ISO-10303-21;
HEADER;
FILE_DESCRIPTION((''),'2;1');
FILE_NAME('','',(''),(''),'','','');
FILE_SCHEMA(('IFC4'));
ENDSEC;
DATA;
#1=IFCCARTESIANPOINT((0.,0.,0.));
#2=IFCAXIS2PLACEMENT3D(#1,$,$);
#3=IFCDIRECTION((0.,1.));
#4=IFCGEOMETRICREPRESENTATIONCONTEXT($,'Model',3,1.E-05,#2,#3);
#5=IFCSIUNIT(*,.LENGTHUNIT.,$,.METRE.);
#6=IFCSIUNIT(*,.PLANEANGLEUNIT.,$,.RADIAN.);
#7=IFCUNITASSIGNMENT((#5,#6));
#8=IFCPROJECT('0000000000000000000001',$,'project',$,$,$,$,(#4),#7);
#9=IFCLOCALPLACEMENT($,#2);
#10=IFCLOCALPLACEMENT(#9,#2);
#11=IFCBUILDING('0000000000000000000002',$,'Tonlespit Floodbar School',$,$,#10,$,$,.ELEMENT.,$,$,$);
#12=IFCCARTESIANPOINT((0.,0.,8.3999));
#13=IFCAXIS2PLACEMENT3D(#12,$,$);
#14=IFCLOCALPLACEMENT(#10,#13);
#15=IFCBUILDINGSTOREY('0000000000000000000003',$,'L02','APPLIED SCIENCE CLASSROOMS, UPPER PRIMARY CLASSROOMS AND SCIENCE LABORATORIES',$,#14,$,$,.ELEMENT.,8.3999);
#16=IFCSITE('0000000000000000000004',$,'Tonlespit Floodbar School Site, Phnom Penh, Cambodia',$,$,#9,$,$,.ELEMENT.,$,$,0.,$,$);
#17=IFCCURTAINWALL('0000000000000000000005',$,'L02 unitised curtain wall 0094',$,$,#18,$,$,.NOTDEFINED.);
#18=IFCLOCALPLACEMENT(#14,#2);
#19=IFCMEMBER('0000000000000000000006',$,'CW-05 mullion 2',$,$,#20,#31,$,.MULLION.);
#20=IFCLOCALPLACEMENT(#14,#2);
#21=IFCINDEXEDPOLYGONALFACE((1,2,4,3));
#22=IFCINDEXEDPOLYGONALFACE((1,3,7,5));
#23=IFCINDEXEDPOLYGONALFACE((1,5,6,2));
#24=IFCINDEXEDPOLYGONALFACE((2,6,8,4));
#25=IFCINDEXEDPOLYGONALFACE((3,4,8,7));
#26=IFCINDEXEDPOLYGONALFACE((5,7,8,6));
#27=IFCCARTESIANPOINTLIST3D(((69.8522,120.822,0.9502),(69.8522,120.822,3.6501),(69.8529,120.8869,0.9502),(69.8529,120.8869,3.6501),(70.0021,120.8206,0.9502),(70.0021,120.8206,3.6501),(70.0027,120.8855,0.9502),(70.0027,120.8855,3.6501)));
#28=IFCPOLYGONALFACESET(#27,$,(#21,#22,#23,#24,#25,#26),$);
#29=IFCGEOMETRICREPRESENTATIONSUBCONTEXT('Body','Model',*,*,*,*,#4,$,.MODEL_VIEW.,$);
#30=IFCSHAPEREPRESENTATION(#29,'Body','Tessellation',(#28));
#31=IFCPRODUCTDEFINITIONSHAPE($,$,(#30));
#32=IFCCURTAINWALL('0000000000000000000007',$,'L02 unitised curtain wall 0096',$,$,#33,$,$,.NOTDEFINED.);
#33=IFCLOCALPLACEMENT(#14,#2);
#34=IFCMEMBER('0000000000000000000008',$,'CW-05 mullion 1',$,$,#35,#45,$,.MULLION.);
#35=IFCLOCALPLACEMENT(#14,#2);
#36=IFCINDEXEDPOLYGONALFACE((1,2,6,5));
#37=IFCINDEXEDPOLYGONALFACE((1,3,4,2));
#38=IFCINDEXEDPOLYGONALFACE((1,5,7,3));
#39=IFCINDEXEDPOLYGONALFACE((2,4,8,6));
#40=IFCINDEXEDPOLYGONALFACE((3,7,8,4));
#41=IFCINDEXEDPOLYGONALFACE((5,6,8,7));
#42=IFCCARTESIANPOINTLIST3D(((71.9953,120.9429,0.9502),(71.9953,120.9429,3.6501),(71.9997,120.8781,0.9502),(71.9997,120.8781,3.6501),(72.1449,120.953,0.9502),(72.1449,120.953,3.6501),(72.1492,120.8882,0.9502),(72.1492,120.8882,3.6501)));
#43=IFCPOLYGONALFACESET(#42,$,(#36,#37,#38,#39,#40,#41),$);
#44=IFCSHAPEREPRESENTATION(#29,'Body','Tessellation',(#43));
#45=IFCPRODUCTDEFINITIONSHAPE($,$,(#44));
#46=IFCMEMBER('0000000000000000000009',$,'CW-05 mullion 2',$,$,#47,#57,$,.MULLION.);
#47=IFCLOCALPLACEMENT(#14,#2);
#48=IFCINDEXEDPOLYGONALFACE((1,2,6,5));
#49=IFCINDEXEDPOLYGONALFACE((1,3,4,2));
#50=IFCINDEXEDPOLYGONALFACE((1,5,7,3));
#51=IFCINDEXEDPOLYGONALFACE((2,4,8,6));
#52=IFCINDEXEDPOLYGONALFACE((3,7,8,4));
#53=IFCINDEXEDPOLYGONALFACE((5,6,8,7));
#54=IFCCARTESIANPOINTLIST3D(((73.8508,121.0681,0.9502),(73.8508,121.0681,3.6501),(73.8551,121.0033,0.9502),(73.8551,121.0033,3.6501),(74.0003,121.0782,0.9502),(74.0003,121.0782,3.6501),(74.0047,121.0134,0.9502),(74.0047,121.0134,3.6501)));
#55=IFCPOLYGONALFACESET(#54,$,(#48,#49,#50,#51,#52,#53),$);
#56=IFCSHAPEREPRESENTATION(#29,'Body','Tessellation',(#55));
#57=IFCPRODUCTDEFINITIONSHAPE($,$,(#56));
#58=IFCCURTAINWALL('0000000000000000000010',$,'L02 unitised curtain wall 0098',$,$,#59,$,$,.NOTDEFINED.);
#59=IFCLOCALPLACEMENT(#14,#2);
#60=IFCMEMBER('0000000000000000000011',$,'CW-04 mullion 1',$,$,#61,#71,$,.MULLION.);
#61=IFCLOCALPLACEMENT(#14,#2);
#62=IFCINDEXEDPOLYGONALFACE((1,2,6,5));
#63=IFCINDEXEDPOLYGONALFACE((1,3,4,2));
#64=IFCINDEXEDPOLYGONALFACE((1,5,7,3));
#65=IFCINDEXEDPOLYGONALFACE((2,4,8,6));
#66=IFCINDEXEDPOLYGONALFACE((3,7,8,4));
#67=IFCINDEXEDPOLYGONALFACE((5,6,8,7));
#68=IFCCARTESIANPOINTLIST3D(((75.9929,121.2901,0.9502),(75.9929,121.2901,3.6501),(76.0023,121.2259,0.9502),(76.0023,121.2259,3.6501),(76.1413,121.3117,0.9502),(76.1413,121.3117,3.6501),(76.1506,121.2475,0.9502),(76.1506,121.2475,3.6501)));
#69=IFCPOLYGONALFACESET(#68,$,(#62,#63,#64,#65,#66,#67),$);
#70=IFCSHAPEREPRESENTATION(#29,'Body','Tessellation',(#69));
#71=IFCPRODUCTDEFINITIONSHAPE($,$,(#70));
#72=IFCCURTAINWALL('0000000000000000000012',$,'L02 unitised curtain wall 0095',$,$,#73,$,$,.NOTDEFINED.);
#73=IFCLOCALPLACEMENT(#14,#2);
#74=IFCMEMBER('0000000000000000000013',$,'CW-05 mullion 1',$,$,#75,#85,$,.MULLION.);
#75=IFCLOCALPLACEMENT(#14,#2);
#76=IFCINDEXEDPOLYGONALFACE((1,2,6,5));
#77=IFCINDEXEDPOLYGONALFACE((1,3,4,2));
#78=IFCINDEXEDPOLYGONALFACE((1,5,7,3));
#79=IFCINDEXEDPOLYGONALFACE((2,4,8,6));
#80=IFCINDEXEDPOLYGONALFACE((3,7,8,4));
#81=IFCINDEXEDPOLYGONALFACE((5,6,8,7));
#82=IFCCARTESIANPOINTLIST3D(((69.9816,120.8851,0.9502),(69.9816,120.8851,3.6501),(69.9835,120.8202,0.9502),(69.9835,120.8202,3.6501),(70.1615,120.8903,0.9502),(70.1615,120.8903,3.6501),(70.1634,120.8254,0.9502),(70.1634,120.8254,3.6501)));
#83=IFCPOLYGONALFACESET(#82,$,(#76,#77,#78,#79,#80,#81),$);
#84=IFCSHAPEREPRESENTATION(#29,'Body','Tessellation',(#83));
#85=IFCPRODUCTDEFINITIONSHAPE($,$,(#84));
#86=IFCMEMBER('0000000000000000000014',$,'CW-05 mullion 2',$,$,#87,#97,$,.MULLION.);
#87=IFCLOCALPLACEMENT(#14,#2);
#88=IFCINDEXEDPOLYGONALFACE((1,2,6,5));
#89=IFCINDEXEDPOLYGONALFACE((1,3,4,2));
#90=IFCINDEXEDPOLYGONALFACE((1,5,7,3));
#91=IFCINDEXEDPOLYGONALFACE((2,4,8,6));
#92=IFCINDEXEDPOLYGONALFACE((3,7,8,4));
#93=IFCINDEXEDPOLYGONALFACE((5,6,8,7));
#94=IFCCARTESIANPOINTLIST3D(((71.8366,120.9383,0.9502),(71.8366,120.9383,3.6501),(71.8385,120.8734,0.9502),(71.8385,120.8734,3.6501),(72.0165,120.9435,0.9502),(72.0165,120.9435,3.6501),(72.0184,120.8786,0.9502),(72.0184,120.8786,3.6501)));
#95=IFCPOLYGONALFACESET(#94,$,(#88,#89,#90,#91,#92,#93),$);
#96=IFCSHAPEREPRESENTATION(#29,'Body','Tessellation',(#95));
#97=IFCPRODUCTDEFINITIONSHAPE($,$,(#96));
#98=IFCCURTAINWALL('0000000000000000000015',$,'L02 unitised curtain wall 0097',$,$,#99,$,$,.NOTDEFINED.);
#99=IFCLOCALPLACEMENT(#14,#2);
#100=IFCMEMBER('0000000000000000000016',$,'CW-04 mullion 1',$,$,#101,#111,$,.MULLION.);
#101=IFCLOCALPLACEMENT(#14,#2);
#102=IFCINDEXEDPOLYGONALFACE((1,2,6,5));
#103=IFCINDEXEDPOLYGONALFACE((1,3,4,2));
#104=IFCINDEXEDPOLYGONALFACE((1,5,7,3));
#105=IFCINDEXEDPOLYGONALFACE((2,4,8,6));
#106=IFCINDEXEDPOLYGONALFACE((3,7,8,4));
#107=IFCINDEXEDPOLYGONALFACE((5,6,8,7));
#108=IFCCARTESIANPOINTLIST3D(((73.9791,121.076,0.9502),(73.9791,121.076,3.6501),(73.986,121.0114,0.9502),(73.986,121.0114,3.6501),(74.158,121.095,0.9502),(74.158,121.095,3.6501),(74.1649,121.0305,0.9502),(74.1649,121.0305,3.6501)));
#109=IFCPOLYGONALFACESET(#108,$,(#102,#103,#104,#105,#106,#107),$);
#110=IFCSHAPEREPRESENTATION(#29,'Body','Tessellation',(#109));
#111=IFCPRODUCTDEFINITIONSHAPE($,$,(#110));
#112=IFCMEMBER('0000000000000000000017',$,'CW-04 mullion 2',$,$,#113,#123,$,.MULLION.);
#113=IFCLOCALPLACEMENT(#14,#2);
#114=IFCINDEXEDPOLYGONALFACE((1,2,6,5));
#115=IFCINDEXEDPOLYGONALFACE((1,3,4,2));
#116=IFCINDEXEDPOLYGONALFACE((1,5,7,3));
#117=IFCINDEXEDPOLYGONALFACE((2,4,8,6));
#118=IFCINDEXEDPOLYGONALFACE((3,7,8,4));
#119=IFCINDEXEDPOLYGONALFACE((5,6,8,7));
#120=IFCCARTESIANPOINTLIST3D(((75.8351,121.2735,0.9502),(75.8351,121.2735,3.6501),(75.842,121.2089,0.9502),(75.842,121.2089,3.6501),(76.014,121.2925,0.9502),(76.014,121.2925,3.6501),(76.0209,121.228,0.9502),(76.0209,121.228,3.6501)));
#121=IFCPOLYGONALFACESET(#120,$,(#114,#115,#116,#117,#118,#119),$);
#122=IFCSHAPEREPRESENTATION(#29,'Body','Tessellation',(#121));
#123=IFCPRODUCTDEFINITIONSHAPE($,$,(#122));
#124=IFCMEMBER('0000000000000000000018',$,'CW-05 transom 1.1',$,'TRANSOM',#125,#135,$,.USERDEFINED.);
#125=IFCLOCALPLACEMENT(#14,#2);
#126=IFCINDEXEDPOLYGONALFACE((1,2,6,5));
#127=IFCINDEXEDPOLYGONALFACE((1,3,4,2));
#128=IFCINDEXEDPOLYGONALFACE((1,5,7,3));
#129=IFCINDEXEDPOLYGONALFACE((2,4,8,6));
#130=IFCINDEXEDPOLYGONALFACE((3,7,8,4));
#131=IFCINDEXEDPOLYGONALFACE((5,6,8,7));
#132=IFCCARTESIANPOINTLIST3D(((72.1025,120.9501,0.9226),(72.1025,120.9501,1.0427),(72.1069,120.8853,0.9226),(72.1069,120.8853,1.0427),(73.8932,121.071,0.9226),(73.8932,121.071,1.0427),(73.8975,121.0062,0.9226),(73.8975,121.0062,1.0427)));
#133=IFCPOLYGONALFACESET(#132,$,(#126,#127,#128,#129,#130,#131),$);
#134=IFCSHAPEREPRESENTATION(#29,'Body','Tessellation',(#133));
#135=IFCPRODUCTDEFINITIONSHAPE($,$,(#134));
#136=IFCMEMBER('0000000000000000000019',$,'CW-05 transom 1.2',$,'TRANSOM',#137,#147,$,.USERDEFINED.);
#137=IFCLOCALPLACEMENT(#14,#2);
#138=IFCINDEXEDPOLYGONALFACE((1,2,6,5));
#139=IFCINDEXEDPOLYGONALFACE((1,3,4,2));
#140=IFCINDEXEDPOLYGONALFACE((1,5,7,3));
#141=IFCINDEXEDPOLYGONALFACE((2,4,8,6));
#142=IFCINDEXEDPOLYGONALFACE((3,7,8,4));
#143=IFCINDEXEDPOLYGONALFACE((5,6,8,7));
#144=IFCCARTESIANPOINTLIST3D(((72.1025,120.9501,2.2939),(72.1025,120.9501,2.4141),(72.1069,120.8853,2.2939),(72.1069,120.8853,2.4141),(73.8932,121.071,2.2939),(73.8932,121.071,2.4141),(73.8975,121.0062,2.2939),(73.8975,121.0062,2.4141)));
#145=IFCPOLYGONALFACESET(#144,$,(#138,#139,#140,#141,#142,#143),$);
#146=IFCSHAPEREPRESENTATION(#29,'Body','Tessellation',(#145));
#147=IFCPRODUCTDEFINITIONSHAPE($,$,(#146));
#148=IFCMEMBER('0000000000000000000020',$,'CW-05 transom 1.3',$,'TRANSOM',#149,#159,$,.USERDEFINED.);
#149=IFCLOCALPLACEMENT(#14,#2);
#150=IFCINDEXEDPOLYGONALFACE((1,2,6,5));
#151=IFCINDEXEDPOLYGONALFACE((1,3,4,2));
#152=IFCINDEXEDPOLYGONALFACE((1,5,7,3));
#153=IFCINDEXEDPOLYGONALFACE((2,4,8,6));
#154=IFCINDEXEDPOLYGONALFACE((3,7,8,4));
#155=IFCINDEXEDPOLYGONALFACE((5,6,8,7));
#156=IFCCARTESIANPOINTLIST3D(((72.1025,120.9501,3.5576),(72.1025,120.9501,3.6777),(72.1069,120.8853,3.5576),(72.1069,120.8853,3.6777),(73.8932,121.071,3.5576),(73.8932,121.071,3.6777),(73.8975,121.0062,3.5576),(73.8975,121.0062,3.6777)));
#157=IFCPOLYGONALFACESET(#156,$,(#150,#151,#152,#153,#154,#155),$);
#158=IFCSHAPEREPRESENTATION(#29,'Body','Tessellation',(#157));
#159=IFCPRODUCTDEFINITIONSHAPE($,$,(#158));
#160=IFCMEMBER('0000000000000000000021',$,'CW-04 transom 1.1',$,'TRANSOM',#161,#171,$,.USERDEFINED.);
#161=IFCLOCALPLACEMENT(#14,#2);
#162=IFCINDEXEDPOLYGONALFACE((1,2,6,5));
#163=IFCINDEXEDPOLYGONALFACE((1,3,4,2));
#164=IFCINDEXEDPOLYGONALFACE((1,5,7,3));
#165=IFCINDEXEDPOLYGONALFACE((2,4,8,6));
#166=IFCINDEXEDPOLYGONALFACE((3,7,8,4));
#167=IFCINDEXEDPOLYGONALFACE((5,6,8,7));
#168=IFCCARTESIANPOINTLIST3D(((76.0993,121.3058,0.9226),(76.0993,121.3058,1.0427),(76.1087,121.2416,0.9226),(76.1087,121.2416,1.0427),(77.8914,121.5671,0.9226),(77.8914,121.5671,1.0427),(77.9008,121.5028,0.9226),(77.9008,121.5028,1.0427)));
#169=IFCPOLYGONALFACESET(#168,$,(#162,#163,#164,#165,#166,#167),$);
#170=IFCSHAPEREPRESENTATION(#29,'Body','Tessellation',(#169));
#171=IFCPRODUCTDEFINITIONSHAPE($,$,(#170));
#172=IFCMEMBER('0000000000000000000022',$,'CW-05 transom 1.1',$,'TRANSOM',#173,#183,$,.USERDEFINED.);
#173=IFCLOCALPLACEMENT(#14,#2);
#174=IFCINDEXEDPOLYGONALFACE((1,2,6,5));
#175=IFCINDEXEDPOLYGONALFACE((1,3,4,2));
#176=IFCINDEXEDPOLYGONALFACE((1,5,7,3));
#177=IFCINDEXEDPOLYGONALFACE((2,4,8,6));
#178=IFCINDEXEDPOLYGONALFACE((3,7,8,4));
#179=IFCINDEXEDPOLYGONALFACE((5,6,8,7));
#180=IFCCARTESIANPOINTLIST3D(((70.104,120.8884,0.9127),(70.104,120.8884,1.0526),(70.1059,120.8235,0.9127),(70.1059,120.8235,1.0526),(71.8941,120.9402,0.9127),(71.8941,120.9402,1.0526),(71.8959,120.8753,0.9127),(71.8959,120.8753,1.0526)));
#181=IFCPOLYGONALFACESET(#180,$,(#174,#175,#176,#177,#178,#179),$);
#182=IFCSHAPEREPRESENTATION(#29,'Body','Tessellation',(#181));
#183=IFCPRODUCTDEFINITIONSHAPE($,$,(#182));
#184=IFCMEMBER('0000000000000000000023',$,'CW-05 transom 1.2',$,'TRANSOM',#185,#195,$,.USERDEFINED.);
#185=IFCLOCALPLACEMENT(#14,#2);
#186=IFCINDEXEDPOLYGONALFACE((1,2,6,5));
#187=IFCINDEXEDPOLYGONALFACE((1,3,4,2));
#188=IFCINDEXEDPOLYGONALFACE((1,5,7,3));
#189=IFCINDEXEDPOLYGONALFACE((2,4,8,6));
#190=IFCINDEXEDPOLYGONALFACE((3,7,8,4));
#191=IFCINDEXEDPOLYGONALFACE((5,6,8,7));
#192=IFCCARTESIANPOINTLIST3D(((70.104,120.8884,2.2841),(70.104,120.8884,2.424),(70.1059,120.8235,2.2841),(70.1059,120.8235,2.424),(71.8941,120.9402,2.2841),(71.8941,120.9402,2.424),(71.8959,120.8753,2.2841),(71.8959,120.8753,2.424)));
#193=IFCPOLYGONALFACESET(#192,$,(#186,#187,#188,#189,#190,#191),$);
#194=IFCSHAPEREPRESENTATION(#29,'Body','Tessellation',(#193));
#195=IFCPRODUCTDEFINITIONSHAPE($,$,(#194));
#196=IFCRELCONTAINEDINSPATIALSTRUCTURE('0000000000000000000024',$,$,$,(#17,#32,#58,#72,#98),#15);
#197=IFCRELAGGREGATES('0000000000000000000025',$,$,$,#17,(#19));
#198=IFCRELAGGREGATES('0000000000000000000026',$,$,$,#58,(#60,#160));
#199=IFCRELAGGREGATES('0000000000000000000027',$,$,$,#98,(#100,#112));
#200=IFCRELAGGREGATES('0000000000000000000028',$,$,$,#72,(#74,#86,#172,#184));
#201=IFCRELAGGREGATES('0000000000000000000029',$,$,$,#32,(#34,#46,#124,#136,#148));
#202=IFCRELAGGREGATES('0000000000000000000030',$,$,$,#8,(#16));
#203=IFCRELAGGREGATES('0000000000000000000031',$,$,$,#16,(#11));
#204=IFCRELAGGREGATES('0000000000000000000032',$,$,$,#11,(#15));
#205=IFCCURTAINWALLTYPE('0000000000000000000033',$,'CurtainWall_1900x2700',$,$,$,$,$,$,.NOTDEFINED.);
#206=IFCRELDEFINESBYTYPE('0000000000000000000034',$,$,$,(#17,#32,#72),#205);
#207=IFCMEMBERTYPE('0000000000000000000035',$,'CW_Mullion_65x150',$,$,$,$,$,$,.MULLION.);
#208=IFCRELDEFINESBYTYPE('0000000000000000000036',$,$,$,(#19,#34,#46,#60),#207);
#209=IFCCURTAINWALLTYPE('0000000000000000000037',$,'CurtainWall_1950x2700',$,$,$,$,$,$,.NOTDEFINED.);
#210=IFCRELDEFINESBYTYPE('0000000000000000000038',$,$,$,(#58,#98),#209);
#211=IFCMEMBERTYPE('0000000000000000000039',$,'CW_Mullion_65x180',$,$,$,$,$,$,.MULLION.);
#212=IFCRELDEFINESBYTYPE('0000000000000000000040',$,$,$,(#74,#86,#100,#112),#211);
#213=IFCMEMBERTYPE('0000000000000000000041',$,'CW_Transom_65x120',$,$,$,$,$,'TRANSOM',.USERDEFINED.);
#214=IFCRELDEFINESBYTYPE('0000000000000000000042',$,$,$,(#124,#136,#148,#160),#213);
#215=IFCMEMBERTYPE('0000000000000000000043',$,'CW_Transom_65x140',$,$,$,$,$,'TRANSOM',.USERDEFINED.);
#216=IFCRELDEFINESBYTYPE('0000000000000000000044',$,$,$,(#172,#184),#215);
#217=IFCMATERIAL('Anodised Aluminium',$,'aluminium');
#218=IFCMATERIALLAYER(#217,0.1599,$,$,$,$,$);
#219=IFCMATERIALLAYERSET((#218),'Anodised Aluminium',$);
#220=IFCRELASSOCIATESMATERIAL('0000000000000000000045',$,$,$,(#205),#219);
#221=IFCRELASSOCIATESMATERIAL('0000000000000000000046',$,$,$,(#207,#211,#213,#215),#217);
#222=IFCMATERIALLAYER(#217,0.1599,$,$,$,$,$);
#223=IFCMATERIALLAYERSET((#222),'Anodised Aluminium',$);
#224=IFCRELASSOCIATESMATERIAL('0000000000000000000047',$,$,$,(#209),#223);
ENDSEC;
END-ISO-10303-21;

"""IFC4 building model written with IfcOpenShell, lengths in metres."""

from ifc_helpers import new_model, si_unit, direction, frame, origin, origin_2d, place, context, subcontext, project, spatial, rectangle, extrude, material, layer, layer_set, material_profile, profile_set, type_object, element, aggregate, save


model = new_model("IFC4")

# Units and contexts
model_context = context("Model", 3, precision=1e-05, world=origin(), true_north=direction((0.0, 1.0)))
body_context = subcontext(model_context, "Body", "Model", "MODEL_VIEW")
ifc_project = project(units=[si_unit("LENGTHUNIT", "METRE"), si_unit("PLANEANGLEUNIT", "RADIAN")], contexts=[model_context])

# Site, building, storey
site_placement = place(None, origin())
site = spatial("IfcSite", under=ifc_project, at=site_placement, Name="Tonlespit Floodbar School Site, Phnom Penh, Cambodia", CompositionType="ELEMENT", RefElevation=0.0)
building_placement = place(site_placement, origin())
building = spatial("IfcBuilding", under=site, at=building_placement, Name="Tonlespit Floodbar School", CompositionType="ELEMENT")
storey_placement = place(building_placement, frame((0.0, 0.0, 8.3999)))
storey = spatial("IfcBuildingStorey", under=building, at=storey_placement, Name="L02", Description="APPLIED SCIENCE CLASSROOMS, UPPER PRIMARY CLASSROOMS AND SCIENCE LABORATORIES", CompositionType="ELEMENT", Elevation=8.3999)

# Curtain wall, member
ifc_material_1 = material(Name="Anodised Aluminium", Category="aluminium")
ifc_layer_1 = layer(ifc_material_1, 0.1599)
ifc_layer_set_1 = layer_set([ifc_layer_1], Name="Anodised Aluminium")
curtain_wall_type_1 = type_object("IfcCurtainWallType", Name="CurtainWall_1900x2700", PredefinedType="NOTDEFINED", material=ifc_layer_set_1)
curtain_wall_1_placement = place(storey_placement, origin())
curtain_wall_1 = element("IfcCurtainWall", 1, at=curtain_wall_1_placement, inside=storey, type_object=curtain_wall_type_1, Name="L02 unitised curtain wall 0094", PredefinedType="NOTDEFINED")
ifc_material_profile_1 = material_profile(ifc_material_1, rectangle(XDim=0.0649, YDim=0.1499, at=origin_2d()), Name="ALU M65x150")
ifc_profile_set_1 = profile_set([ifc_material_profile_1], Name="Anodised Aluminium")
member_type_1 = type_object("IfcMemberType", Name="CW_Mullion_65x150", PredefinedType="MULLION", material=ifc_profile_set_1)
member_1_placement = place(storey_placement, frame((69.9275, 120.8538, 0.9502), z_axis=(0.0, 0.0, 1.0), x_axis=(0.009583, 0.999954, 0.0)))
member_1 = element("IfcMember", 2, at=member_1_placement, type_object=member_type_1, Name="CW-05 mullion 2", PredefinedType="MULLION", context=body_context, shape_type="SweptSolid", body=[
    extrude(rectangle(XDim=0.0649, YDim=0.1499, at=origin_2d()), origin(), (0.0, 0.0, 1.0), 2.7),
])
aggregate(curtain_wall_1, [member_1])

# Curtain wall, members
curtain_wall_2_placement = place(storey_placement, origin())
curtain_wall_2 = element("IfcCurtainWall", 3, at=curtain_wall_2_placement, inside=storey, type_object=curtain_wall_type_1, Name="L02 unitised curtain wall 0096", PredefinedType="NOTDEFINED")
member_2_placement = place(storey_placement, frame((72.0723, 120.9155, 0.9502), z_axis=(0.0, 0.0, 1.0), x_axis=(-0.06734, 0.99773, 0.0)))
member_2 = element("IfcMember", 4, at=member_2_placement, type_object=member_type_1, Name="CW-05 mullion 1", PredefinedType="MULLION", context=body_context, shape_type="SweptSolid", body=[
    extrude(rectangle(XDim=0.0649, YDim=0.1499, at=origin_2d()), origin(), (0.0, 0.0, 1.0), 2.7),
])
member_3_placement = place(storey_placement, frame((73.9277, 121.0408, 0.9502), z_axis=(0.0, 0.0, 1.0), x_axis=(-0.06734, 0.99773, 0.0)))
member_3 = element("IfcMember", 5, at=member_3_placement, type_object=member_type_1, Name="CW-05 mullion 2", PredefinedType="MULLION", context=body_context, shape_type="SweptSolid", body=[
    extrude(rectangle(XDim=0.0649, YDim=0.1499, at=origin_2d()), origin(), (0.0, 0.0, 1.0), 2.7),
])

# Curtain wall, member
ifc_layer_2 = layer(ifc_material_1, 0.1599)
ifc_layer_set_2 = layer_set([ifc_layer_2], Name="Anodised Aluminium")
curtain_wall_type_2 = type_object("IfcCurtainWallType", Name="CurtainWall_1950x2700", PredefinedType="NOTDEFINED", material=ifc_layer_set_2)
curtain_wall_3_placement = place(storey_placement, origin())
curtain_wall_3 = element("IfcCurtainWall", 6, at=curtain_wall_3_placement, inside=storey, type_object=curtain_wall_type_2, Name="L02 unitised curtain wall 0098", PredefinedType="NOTDEFINED")
member_4_placement = place(storey_placement, frame((76.0718, 121.2688, 0.9502), z_axis=(0.0, 0.0, 1.0), x_axis=(-0.144248, 0.989542, 0.0)))
member_4 = element("IfcMember", 7, at=member_4_placement, type_object=member_type_1, Name="CW-04 mullion 1", PredefinedType="MULLION", context=body_context, shape_type="SweptSolid", body=[
    extrude(rectangle(XDim=0.0649, YDim=0.1499, at=origin_2d()), origin(), (0.0, 0.0, 1.0), 2.7),
])

# Curtain walls, members
curtain_wall_4_placement = place(storey_placement, origin())
curtain_wall_4 = element("IfcCurtainWall", 8, at=curtain_wall_4_placement, inside=storey, type_object=curtain_wall_type_1, Name="L02 unitised curtain wall 0095", PredefinedType="NOTDEFINED")
ifc_material_profile_2 = material_profile(ifc_material_1, rectangle(XDim=0.0649, YDim=0.1799, at=origin_2d()), Name="ALU M65x180")
ifc_profile_set_2 = profile_set([ifc_material_profile_2], Name="Anodised Aluminium")
member_type_2 = type_object("IfcMemberType", Name="CW_Mullion_65x180", PredefinedType="MULLION", material=ifc_profile_set_2)
member_5_placement = place(storey_placement, frame((70.0725, 120.8552, 0.9502), z_axis=(0.0, 0.0, 1.0), x_axis=(-0.02879, 0.999585, 0.0)))
member_5 = element("IfcMember", 9, at=member_5_placement, type_object=member_type_2, Name="CW-05 mullion 1", PredefinedType="MULLION", context=body_context, shape_type="SweptSolid", body=[
    extrude(rectangle(XDim=0.0649, YDim=0.1799, at=origin_2d()), origin(), (0.0, 0.0, 1.0), 2.7),
])
member_6_placement = place(storey_placement, frame((71.9275, 120.9084, 0.9502), z_axis=(0.0, 0.0, 1.0), x_axis=(-0.02879, 0.999585, 0.0)))
member_6 = element("IfcMember", 10, at=member_6_placement, type_object=member_type_2, Name="CW-05 mullion 2", PredefinedType="MULLION", context=body_context, shape_type="SweptSolid", body=[
    extrude(rectangle(XDim=0.0649, YDim=0.1799, at=origin_2d()), origin(), (0.0, 0.0, 1.0), 2.7),
])
curtain_wall_5_placement = place(storey_placement, origin())
curtain_wall_5 = element("IfcCurtainWall", 11, at=curtain_wall_5_placement, inside=storey, type_object=curtain_wall_type_2, Name="L02 unitised curtain wall 0097", PredefinedType="NOTDEFINED")
member_7_placement = place(storey_placement, frame((74.072, 121.0532, 0.9502), z_axis=(0.0, 0.0, 1.0), x_axis=(-0.105787, 0.994389, 0.0)))
member_7 = element("IfcMember", 12, at=member_7_placement, type_object=member_type_2, Name="CW-04 mullion 1", PredefinedType="MULLION", context=body_context, shape_type="SweptSolid", body=[
    extrude(rectangle(XDim=0.0649, YDim=0.1799, at=origin_2d()), origin(), (0.0, 0.0, 1.0), 2.7),
])
member_8_placement = place(storey_placement, frame((75.928, 121.2507, 0.9502), z_axis=(0.0, 0.0, 1.0), x_axis=(-0.105787, 0.994389, 0.0)))
member_8 = element("IfcMember", 13, at=member_8_placement, type_object=member_type_2, Name="CW-04 mullion 2", PredefinedType="MULLION", context=body_context, shape_type="SweptSolid", body=[
    extrude(rectangle(XDim=0.0649, YDim=0.1799, at=origin_2d()), origin(), (0.0, 0.0, 1.0), 2.7),
])

# Members
ifc_material_profile_3 = material_profile(ifc_material_1, rectangle(XDim=0.0649, YDim=0.1201, at=origin_2d()), Name="ALU T65x120")
ifc_profile_set_3 = profile_set([ifc_material_profile_3], Name="Anodised Aluminium")
member_type_3 = type_object("IfcMemberType", Name="CW_Transom_65x120", ElementType="TRANSOM", PredefinedType="USERDEFINED", material=ifc_profile_set_3)
member_9_placement = place(storey_placement, frame((72.1047, 120.9177, 0.9827), z_axis=(0.99773, 0.067341, 0.0), x_axis=(-0.067341, 0.99773, 0.0)))
member_9 = element("IfcMember", 14, at=member_9_placement, type_object=member_type_3, Name="CW-05 transom 1.1", ObjectType="TRANSOM", PredefinedType="USERDEFINED", context=body_context, shape_type="SweptSolid", body=[
    extrude(rectangle(XDim=0.0649, YDim=0.1201, at=origin_2d()), origin(), (0.0, 0.0, 1.0), 1.7947),
])
member_10_placement = place(storey_placement, frame((72.1047, 120.9177, 2.354), z_axis=(0.99773, 0.067341, 0.0), x_axis=(-0.067341, 0.99773, 0.0)))
member_10 = element("IfcMember", 15, at=member_10_placement, type_object=member_type_3, Name="CW-05 transom 1.2", ObjectType="TRANSOM", PredefinedType="USERDEFINED", context=body_context, shape_type="SweptSolid", body=[
    extrude(rectangle(XDim=0.0649, YDim=0.1201, at=origin_2d()), origin(), (0.0, 0.0, 1.0), 1.7947),
])
member_11_placement = place(storey_placement, frame((72.1047, 120.9177, 3.6177), z_axis=(0.99773, 0.067341, 0.0), x_axis=(-0.067341, 0.99773, 0.0)))
member_11 = element("IfcMember", 16, at=member_11_placement, type_object=member_type_3, Name="CW-05 transom 1.3", ObjectType="TRANSOM", PredefinedType="USERDEFINED", context=body_context, shape_type="SweptSolid", body=[
    extrude(rectangle(XDim=0.0649, YDim=0.1201, at=origin_2d()), origin(), (0.0, 0.0, 1.0), 1.7947),
])
member_12_placement = place(storey_placement, frame((76.104, 121.2737, 0.9827), z_axis=(0.989541, 0.144252, 0.0), x_axis=(-0.144252, 0.989541, 0.0)))
member_12 = element("IfcMember", 17, at=member_12_placement, type_object=member_type_3, Name="CW-04 transom 1.1", ObjectType="TRANSOM", PredefinedType="USERDEFINED", context=body_context, shape_type="SweptSolid", body=[
    extrude(rectangle(XDim=0.0649, YDim=0.1201, at=origin_2d()), origin(), (0.0, 0.0, 1.0), 1.811),
])
aggregate(curtain_wall_3, [member_4, member_12])
ifc_material_profile_4 = material_profile(ifc_material_1, rectangle(XDim=0.0649, YDim=0.1399, at=origin_2d()), Name="ALU T65x140")
ifc_profile_set_4 = profile_set([ifc_material_profile_4], Name="Anodised Aluminium")
member_type_4 = type_object("IfcMemberType", Name="CW_Transom_65x140", ElementType="TRANSOM", PredefinedType="USERDEFINED", material=ifc_profile_set_4)
member_13_placement = place(storey_placement, frame((70.105, 120.856, 0.9827), z_axis=(0.999582, 0.028902, 0.0), x_axis=(-0.028902, 0.999582, 0.0)))
member_13 = element("IfcMember", 18, at=member_13_placement, type_object=member_type_4, Name="CW-05 transom 1.1", ObjectType="TRANSOM", PredefinedType="USERDEFINED", context=body_context, shape_type="SweptSolid", body=[
    extrude(rectangle(XDim=0.0649, YDim=0.1399, at=origin_2d()), origin(), (0.0, 0.0, 1.0), 1.7908),
])
member_14_placement = place(storey_placement, frame((70.105, 120.856, 2.354), z_axis=(0.999582, 0.028902, 0.0), x_axis=(-0.028902, 0.999582, 0.0)))
member_14 = element("IfcMember", 19, at=member_14_placement, type_object=member_type_4, Name="CW-05 transom 1.2", ObjectType="TRANSOM", PredefinedType="USERDEFINED", context=body_context, shape_type="SweptSolid", body=[
    extrude(rectangle(XDim=0.0649, YDim=0.1399, at=origin_2d()), origin(), (0.0, 0.0, 1.0), 1.7908),
])

aggregate(curtain_wall_5, [member_7, member_8])
aggregate(curtain_wall_4, [member_5, member_6, member_13, member_14])
aggregate(curtain_wall_2, [member_2, member_3, member_9, member_10, member_11])

save(model, "model.ifc")
